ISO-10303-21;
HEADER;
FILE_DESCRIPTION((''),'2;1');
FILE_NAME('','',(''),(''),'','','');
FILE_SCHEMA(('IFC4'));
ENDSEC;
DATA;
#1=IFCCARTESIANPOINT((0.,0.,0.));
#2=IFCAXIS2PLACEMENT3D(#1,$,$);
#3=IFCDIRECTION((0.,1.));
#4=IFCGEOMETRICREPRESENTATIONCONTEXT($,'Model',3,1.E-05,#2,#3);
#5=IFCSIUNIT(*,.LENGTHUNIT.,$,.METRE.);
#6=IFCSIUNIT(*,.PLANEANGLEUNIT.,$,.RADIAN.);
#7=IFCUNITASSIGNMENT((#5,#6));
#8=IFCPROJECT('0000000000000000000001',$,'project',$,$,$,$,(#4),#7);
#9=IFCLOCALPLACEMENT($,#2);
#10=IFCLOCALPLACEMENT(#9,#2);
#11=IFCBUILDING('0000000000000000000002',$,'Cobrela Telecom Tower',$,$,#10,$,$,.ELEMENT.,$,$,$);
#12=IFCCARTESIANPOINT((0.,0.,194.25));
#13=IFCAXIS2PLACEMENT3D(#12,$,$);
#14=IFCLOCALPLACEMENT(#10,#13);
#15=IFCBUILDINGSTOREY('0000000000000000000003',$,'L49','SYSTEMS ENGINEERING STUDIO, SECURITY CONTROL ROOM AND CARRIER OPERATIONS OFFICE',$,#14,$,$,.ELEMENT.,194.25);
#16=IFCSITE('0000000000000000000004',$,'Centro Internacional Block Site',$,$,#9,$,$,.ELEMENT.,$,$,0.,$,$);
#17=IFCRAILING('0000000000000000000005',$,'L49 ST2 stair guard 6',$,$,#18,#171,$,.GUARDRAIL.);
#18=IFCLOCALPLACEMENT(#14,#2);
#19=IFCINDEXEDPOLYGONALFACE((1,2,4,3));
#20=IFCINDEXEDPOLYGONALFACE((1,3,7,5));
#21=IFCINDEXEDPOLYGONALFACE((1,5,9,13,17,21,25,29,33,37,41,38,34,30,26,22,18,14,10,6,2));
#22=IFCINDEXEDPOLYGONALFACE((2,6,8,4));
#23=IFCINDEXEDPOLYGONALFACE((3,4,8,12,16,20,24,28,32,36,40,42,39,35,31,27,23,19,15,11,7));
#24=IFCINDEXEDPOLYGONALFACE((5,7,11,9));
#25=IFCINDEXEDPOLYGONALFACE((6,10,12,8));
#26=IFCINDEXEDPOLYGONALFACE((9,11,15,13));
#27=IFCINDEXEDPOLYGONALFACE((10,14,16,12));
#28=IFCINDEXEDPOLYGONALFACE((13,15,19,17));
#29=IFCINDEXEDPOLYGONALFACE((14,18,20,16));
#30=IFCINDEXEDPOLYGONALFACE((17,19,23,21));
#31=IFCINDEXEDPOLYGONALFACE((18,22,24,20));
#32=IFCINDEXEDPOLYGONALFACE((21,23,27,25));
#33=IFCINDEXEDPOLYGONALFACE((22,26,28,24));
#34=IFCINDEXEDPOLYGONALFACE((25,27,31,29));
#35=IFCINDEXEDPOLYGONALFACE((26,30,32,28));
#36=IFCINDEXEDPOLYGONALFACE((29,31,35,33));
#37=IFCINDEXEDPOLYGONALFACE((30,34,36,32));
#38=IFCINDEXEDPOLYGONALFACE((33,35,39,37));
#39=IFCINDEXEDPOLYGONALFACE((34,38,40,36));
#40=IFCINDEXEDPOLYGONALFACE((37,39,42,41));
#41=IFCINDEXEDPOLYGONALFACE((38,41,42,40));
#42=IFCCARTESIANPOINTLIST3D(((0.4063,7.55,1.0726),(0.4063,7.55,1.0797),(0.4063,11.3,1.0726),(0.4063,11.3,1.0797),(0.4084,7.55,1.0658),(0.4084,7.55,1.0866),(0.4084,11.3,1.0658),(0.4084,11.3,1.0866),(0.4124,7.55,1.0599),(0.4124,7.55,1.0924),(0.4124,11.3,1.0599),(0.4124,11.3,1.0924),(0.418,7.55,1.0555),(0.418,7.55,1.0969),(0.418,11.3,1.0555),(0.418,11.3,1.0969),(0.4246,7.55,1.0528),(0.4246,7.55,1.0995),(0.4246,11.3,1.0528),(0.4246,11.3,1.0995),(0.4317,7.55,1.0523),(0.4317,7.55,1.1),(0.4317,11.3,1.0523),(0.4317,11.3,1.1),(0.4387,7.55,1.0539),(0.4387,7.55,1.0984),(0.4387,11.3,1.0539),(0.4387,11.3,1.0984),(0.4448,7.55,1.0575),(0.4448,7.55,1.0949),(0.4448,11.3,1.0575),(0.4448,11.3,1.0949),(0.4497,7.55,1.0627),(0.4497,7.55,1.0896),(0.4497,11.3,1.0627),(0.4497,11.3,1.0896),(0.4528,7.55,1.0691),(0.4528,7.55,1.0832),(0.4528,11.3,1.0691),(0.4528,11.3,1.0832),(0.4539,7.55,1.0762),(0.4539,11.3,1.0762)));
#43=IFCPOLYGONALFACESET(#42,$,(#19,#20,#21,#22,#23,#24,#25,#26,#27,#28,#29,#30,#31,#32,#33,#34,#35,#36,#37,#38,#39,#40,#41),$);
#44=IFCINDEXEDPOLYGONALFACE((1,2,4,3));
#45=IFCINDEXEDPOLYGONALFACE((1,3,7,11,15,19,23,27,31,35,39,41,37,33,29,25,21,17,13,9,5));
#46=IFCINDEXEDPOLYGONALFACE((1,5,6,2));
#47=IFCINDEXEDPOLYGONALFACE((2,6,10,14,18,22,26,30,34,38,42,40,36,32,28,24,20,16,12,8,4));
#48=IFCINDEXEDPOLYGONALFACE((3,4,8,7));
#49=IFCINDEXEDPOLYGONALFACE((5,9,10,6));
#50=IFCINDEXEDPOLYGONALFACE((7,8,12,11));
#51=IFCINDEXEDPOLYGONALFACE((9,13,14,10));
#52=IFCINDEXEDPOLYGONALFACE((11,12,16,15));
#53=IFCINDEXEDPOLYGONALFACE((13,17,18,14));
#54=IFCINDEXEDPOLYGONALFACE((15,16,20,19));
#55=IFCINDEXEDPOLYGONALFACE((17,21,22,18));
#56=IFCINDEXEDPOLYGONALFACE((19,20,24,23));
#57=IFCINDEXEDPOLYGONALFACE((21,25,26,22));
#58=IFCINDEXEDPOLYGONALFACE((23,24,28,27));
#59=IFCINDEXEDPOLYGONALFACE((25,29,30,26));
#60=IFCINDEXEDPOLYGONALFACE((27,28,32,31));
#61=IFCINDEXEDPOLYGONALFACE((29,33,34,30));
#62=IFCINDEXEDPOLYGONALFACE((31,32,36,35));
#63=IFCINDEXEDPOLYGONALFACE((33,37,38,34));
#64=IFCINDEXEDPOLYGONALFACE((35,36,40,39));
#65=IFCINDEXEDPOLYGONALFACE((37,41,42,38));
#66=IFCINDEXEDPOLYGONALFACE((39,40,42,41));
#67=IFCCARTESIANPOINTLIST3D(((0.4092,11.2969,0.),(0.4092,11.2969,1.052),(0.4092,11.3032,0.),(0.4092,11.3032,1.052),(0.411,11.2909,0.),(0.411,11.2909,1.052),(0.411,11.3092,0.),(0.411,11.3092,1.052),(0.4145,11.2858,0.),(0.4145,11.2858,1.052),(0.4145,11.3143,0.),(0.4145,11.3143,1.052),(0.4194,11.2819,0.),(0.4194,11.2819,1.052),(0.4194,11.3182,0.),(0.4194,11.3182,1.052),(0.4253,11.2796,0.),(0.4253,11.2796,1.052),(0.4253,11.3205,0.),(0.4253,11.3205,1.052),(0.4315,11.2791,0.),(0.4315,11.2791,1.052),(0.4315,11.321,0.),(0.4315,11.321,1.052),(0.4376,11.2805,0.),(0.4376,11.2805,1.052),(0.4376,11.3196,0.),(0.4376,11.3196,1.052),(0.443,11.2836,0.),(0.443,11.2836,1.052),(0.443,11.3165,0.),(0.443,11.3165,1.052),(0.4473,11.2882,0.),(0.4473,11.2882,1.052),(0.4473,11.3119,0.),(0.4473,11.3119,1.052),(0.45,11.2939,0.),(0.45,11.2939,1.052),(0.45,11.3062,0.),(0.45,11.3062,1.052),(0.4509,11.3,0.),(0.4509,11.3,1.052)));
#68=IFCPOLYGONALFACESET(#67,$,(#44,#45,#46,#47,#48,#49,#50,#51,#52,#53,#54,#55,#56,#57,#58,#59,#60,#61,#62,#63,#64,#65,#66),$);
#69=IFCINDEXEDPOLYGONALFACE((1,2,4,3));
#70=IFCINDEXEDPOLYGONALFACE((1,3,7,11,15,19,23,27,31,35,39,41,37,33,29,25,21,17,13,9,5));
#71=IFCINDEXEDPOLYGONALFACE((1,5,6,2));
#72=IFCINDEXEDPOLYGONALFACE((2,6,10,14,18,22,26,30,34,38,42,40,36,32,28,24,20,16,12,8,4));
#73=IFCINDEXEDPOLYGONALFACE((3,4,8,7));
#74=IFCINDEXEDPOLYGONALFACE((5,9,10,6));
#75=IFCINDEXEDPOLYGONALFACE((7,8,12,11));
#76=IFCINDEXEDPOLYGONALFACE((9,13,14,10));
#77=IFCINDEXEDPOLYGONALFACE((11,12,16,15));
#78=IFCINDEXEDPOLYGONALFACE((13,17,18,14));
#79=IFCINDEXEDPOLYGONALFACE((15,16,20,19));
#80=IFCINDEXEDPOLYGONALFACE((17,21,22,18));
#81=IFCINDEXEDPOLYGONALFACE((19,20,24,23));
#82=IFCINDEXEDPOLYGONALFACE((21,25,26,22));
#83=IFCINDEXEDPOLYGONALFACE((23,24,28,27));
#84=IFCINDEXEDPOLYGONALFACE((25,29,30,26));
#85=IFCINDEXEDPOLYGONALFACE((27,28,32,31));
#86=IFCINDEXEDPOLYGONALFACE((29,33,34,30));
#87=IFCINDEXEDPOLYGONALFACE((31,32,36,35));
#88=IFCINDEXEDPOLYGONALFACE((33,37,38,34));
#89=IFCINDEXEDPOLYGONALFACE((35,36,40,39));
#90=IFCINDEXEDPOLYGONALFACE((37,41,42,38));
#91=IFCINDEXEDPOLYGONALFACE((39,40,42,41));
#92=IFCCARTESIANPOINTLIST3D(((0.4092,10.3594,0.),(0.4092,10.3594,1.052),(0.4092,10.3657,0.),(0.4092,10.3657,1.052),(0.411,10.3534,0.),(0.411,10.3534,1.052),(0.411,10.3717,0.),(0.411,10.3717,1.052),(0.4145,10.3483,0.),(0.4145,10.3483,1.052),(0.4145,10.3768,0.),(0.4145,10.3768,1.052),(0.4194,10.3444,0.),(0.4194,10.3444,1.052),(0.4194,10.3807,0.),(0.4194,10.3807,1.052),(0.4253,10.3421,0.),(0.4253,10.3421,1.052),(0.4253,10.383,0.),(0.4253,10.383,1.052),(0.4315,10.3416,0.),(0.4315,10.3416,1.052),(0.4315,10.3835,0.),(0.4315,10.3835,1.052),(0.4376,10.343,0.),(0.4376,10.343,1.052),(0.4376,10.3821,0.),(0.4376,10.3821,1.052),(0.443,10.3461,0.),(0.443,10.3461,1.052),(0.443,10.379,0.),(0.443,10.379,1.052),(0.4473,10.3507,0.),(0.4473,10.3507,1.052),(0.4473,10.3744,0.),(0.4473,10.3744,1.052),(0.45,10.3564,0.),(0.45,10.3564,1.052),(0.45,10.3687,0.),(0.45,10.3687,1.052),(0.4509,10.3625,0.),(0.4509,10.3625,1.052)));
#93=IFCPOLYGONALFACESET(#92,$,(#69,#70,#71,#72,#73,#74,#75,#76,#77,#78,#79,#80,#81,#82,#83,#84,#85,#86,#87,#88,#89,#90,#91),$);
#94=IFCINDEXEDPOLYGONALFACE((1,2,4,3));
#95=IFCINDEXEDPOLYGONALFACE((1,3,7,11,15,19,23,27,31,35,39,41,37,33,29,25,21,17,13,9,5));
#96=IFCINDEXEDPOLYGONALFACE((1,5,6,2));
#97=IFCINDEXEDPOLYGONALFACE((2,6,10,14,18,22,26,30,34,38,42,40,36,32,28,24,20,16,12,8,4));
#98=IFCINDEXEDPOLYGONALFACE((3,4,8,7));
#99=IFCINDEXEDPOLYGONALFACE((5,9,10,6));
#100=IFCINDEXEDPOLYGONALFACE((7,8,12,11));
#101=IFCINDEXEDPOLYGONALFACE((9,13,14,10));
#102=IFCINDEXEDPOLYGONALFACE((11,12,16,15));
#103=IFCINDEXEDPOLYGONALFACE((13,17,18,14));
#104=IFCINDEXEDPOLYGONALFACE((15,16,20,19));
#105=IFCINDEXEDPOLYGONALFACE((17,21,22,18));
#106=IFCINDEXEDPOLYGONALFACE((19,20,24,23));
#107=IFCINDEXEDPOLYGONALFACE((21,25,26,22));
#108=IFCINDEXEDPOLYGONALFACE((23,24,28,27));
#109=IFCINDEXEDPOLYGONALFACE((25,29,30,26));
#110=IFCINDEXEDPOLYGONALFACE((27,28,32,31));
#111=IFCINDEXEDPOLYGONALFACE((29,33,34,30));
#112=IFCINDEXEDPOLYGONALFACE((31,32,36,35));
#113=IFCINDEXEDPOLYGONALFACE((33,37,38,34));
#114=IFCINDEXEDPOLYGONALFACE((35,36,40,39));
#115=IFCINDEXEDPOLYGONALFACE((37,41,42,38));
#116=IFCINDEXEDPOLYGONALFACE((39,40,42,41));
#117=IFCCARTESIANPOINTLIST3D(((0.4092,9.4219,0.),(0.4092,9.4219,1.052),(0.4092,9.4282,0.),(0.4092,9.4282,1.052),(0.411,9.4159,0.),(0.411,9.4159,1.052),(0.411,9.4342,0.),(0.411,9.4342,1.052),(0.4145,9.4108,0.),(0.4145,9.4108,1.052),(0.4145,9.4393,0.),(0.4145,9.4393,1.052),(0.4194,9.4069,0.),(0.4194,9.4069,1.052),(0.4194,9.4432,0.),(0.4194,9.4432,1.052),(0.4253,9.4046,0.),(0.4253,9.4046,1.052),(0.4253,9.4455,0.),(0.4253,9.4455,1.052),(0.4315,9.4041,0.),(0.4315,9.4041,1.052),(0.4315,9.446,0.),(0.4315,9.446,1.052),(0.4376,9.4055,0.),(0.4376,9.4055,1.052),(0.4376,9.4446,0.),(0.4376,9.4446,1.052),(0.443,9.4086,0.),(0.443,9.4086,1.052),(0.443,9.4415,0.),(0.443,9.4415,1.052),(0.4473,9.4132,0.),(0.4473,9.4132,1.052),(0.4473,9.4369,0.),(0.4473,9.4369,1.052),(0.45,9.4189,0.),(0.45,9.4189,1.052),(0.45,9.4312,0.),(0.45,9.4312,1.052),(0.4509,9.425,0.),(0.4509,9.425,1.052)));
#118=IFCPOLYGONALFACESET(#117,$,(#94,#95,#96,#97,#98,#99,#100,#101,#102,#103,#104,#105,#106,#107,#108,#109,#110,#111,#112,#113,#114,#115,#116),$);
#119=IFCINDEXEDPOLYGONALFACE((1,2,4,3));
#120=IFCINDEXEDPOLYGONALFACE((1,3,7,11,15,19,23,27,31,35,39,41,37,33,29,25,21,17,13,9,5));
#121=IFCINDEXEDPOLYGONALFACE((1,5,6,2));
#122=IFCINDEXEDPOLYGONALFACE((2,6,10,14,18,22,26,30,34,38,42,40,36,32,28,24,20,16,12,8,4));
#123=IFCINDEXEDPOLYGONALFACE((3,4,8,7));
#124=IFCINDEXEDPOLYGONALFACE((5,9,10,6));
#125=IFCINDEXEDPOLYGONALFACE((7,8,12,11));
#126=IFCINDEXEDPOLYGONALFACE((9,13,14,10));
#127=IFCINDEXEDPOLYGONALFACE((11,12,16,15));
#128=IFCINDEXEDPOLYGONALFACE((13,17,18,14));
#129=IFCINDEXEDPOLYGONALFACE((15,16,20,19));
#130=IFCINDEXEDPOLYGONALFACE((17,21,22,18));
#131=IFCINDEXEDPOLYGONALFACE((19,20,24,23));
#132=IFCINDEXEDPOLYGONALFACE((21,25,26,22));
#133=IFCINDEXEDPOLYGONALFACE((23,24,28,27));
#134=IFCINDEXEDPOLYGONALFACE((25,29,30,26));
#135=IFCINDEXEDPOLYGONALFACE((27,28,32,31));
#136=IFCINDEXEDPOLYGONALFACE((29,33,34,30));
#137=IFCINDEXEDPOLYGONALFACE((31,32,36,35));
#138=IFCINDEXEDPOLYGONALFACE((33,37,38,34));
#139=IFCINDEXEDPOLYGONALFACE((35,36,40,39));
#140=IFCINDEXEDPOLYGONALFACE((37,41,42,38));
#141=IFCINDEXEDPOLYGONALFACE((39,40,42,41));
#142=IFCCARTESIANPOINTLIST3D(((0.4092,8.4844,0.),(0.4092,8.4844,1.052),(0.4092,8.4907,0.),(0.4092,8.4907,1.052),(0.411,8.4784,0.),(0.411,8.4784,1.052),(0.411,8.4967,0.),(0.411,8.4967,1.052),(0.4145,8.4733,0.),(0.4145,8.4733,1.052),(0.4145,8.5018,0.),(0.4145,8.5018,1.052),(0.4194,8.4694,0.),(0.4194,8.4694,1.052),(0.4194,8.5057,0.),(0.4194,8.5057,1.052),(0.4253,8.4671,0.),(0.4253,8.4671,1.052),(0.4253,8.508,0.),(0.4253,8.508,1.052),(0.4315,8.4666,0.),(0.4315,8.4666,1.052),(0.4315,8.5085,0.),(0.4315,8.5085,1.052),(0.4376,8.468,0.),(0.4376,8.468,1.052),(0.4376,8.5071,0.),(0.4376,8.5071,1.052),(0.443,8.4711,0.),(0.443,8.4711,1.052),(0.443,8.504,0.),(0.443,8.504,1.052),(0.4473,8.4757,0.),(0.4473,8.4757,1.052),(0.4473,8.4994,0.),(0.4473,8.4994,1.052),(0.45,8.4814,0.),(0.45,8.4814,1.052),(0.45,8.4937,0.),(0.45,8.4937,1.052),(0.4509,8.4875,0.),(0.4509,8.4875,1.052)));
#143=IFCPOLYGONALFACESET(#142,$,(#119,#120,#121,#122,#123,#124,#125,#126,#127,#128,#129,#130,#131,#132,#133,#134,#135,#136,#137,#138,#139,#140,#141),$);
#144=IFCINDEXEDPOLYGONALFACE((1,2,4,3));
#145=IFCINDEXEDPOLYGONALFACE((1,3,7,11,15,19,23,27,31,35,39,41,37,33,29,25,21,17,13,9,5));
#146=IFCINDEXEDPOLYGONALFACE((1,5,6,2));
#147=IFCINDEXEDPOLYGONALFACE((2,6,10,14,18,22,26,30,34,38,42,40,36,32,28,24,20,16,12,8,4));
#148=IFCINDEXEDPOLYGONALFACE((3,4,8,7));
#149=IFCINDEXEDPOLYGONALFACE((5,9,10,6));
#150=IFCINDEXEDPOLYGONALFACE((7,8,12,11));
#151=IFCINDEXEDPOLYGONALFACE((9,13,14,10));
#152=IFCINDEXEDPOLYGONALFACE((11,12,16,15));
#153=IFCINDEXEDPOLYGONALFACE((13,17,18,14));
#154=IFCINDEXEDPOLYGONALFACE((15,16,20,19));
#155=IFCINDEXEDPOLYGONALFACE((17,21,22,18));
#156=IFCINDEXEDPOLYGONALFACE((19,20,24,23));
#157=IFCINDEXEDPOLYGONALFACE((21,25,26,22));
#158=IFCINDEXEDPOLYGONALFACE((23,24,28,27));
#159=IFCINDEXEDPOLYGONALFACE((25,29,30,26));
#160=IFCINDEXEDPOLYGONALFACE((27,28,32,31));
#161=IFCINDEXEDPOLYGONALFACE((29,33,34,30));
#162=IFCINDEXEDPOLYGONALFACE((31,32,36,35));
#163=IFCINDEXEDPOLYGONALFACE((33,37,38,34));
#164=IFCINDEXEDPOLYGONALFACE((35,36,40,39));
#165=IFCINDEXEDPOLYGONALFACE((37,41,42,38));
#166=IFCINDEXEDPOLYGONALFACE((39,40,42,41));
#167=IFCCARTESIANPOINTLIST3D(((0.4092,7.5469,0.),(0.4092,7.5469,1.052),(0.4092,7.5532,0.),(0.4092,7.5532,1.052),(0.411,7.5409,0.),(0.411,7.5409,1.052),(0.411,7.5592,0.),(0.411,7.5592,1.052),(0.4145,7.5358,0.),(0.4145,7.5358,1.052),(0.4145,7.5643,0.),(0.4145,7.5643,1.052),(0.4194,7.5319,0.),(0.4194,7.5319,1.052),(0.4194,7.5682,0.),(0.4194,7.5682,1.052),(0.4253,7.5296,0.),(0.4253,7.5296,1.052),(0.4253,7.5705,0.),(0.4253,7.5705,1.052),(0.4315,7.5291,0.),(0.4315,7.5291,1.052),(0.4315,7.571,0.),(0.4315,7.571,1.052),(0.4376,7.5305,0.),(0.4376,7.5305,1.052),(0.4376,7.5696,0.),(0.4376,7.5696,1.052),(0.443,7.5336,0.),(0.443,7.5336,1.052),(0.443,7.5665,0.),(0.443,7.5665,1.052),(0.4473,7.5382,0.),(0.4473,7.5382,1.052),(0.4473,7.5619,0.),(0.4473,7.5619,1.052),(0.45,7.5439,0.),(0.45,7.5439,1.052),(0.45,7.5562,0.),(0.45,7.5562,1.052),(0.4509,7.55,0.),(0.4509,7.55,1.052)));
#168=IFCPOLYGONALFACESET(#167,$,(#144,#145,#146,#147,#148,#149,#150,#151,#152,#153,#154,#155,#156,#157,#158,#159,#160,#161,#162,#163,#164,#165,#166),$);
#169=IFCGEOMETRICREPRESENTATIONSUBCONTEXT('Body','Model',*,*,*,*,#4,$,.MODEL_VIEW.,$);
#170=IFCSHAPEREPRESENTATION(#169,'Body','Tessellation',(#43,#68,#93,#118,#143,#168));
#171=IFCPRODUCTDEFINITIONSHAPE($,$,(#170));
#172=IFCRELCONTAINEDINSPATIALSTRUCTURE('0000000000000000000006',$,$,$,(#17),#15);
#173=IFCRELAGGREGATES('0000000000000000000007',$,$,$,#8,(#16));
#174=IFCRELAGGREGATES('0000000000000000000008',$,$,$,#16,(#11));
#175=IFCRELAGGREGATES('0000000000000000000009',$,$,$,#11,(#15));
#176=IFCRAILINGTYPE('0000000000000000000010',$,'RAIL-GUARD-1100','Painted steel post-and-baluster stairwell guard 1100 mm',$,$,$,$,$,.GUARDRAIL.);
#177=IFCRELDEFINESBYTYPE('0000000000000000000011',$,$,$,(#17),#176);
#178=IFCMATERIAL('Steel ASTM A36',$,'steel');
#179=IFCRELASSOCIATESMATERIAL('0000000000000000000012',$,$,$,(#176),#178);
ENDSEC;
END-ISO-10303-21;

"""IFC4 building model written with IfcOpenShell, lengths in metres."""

from ifc_helpers import new_model, si_unit, direction, frame, origin, origin_2d, place, context, subcontext, project, spatial, circle, extrude, material, type_object, element, save


model = new_model("IFC4")

# Units and contexts
model_context = context("Model", 3, precision=1e-05, world=origin(), true_north=direction((0.0, 1.0)))
body_context = subcontext(model_context, "Body", "Model", "MODEL_VIEW")
ifc_project = project(units=[si_unit("LENGTHUNIT", "METRE"), si_unit("PLANEANGLEUNIT", "RADIAN")], contexts=[model_context])

# Site, building, storey
site_placement = place(None, origin())
site = spatial("IfcSite", under=ifc_project, at=site_placement, Name="Centro Internacional Block Site", CompositionType="ELEMENT", RefElevation=0.0)
building_placement = place(site_placement, origin())
building = spatial("IfcBuilding", under=site, at=building_placement, Name="Cobrela Telecom Tower", CompositionType="ELEMENT")
storey_placement = place(building_placement, frame((0.0, 0.0, 194.25)))
storey = spatial("IfcBuildingStorey", under=building, at=storey_placement, Name="L49", Description="SYSTEMS ENGINEERING STUDIO, SECURITY CONTROL ROOM AND CARRIER OPERATIONS OFFICE", CompositionType="ELEMENT", Elevation=194.25)

# Shared definitions
ifc_material_1 = material(Name="Steel ASTM A36", Category="steel")

# Railing
railing_type = type_object("IfcRailingType", Name="RAIL-GUARD-1100", Description="Painted steel post-and-baluster stairwell guard 1100 mm", PredefinedType="GUARDRAIL", material=ifc_material_1)
railing_1_placement = place(storey_placement, frame((0.4299, 11.3, 0.0)))
element("IfcRailing", 1, at=railing_1_placement, inside=storey, type_object=railing_type, Name="L49 ST2 stair guard 6", PredefinedType="GUARDRAIL", context=body_context, shape_type="SweptSolid", body=[
    extrude(circle(Radius=0.0239, at=origin_2d()), frame((0.0, 0.0, 1.0762), z_axis=(0.0, -1.0, 0.0), x_axis=(1.0, 0.0, 0.0)), (0.0, 0.0, 1.0), 3.75),
    extrude(circle(Radius=0.021, at=origin_2d()), origin(), (0.0, 0.0, 1.0), 1.052),
    extrude(circle(Radius=0.021, at=origin_2d()), frame((0.0, -0.9375, 0.0)), (0.0, 0.0, 1.0), 1.052),
    extrude(circle(Radius=0.021, at=origin_2d()), frame((0.0, -1.875, 0.0)), (0.0, 0.0, 1.0), 1.052),
    extrude(circle(Radius=0.021, at=origin_2d()), frame((0.0, -2.8125, 0.0)), (0.0, 0.0, 1.0), 1.052),
    extrude(circle(Radius=0.021, at=origin_2d()), frame((0.0, -3.75, 0.0)), (0.0, 0.0, 1.0), 1.052),
])

save(model, "model.ifc")
